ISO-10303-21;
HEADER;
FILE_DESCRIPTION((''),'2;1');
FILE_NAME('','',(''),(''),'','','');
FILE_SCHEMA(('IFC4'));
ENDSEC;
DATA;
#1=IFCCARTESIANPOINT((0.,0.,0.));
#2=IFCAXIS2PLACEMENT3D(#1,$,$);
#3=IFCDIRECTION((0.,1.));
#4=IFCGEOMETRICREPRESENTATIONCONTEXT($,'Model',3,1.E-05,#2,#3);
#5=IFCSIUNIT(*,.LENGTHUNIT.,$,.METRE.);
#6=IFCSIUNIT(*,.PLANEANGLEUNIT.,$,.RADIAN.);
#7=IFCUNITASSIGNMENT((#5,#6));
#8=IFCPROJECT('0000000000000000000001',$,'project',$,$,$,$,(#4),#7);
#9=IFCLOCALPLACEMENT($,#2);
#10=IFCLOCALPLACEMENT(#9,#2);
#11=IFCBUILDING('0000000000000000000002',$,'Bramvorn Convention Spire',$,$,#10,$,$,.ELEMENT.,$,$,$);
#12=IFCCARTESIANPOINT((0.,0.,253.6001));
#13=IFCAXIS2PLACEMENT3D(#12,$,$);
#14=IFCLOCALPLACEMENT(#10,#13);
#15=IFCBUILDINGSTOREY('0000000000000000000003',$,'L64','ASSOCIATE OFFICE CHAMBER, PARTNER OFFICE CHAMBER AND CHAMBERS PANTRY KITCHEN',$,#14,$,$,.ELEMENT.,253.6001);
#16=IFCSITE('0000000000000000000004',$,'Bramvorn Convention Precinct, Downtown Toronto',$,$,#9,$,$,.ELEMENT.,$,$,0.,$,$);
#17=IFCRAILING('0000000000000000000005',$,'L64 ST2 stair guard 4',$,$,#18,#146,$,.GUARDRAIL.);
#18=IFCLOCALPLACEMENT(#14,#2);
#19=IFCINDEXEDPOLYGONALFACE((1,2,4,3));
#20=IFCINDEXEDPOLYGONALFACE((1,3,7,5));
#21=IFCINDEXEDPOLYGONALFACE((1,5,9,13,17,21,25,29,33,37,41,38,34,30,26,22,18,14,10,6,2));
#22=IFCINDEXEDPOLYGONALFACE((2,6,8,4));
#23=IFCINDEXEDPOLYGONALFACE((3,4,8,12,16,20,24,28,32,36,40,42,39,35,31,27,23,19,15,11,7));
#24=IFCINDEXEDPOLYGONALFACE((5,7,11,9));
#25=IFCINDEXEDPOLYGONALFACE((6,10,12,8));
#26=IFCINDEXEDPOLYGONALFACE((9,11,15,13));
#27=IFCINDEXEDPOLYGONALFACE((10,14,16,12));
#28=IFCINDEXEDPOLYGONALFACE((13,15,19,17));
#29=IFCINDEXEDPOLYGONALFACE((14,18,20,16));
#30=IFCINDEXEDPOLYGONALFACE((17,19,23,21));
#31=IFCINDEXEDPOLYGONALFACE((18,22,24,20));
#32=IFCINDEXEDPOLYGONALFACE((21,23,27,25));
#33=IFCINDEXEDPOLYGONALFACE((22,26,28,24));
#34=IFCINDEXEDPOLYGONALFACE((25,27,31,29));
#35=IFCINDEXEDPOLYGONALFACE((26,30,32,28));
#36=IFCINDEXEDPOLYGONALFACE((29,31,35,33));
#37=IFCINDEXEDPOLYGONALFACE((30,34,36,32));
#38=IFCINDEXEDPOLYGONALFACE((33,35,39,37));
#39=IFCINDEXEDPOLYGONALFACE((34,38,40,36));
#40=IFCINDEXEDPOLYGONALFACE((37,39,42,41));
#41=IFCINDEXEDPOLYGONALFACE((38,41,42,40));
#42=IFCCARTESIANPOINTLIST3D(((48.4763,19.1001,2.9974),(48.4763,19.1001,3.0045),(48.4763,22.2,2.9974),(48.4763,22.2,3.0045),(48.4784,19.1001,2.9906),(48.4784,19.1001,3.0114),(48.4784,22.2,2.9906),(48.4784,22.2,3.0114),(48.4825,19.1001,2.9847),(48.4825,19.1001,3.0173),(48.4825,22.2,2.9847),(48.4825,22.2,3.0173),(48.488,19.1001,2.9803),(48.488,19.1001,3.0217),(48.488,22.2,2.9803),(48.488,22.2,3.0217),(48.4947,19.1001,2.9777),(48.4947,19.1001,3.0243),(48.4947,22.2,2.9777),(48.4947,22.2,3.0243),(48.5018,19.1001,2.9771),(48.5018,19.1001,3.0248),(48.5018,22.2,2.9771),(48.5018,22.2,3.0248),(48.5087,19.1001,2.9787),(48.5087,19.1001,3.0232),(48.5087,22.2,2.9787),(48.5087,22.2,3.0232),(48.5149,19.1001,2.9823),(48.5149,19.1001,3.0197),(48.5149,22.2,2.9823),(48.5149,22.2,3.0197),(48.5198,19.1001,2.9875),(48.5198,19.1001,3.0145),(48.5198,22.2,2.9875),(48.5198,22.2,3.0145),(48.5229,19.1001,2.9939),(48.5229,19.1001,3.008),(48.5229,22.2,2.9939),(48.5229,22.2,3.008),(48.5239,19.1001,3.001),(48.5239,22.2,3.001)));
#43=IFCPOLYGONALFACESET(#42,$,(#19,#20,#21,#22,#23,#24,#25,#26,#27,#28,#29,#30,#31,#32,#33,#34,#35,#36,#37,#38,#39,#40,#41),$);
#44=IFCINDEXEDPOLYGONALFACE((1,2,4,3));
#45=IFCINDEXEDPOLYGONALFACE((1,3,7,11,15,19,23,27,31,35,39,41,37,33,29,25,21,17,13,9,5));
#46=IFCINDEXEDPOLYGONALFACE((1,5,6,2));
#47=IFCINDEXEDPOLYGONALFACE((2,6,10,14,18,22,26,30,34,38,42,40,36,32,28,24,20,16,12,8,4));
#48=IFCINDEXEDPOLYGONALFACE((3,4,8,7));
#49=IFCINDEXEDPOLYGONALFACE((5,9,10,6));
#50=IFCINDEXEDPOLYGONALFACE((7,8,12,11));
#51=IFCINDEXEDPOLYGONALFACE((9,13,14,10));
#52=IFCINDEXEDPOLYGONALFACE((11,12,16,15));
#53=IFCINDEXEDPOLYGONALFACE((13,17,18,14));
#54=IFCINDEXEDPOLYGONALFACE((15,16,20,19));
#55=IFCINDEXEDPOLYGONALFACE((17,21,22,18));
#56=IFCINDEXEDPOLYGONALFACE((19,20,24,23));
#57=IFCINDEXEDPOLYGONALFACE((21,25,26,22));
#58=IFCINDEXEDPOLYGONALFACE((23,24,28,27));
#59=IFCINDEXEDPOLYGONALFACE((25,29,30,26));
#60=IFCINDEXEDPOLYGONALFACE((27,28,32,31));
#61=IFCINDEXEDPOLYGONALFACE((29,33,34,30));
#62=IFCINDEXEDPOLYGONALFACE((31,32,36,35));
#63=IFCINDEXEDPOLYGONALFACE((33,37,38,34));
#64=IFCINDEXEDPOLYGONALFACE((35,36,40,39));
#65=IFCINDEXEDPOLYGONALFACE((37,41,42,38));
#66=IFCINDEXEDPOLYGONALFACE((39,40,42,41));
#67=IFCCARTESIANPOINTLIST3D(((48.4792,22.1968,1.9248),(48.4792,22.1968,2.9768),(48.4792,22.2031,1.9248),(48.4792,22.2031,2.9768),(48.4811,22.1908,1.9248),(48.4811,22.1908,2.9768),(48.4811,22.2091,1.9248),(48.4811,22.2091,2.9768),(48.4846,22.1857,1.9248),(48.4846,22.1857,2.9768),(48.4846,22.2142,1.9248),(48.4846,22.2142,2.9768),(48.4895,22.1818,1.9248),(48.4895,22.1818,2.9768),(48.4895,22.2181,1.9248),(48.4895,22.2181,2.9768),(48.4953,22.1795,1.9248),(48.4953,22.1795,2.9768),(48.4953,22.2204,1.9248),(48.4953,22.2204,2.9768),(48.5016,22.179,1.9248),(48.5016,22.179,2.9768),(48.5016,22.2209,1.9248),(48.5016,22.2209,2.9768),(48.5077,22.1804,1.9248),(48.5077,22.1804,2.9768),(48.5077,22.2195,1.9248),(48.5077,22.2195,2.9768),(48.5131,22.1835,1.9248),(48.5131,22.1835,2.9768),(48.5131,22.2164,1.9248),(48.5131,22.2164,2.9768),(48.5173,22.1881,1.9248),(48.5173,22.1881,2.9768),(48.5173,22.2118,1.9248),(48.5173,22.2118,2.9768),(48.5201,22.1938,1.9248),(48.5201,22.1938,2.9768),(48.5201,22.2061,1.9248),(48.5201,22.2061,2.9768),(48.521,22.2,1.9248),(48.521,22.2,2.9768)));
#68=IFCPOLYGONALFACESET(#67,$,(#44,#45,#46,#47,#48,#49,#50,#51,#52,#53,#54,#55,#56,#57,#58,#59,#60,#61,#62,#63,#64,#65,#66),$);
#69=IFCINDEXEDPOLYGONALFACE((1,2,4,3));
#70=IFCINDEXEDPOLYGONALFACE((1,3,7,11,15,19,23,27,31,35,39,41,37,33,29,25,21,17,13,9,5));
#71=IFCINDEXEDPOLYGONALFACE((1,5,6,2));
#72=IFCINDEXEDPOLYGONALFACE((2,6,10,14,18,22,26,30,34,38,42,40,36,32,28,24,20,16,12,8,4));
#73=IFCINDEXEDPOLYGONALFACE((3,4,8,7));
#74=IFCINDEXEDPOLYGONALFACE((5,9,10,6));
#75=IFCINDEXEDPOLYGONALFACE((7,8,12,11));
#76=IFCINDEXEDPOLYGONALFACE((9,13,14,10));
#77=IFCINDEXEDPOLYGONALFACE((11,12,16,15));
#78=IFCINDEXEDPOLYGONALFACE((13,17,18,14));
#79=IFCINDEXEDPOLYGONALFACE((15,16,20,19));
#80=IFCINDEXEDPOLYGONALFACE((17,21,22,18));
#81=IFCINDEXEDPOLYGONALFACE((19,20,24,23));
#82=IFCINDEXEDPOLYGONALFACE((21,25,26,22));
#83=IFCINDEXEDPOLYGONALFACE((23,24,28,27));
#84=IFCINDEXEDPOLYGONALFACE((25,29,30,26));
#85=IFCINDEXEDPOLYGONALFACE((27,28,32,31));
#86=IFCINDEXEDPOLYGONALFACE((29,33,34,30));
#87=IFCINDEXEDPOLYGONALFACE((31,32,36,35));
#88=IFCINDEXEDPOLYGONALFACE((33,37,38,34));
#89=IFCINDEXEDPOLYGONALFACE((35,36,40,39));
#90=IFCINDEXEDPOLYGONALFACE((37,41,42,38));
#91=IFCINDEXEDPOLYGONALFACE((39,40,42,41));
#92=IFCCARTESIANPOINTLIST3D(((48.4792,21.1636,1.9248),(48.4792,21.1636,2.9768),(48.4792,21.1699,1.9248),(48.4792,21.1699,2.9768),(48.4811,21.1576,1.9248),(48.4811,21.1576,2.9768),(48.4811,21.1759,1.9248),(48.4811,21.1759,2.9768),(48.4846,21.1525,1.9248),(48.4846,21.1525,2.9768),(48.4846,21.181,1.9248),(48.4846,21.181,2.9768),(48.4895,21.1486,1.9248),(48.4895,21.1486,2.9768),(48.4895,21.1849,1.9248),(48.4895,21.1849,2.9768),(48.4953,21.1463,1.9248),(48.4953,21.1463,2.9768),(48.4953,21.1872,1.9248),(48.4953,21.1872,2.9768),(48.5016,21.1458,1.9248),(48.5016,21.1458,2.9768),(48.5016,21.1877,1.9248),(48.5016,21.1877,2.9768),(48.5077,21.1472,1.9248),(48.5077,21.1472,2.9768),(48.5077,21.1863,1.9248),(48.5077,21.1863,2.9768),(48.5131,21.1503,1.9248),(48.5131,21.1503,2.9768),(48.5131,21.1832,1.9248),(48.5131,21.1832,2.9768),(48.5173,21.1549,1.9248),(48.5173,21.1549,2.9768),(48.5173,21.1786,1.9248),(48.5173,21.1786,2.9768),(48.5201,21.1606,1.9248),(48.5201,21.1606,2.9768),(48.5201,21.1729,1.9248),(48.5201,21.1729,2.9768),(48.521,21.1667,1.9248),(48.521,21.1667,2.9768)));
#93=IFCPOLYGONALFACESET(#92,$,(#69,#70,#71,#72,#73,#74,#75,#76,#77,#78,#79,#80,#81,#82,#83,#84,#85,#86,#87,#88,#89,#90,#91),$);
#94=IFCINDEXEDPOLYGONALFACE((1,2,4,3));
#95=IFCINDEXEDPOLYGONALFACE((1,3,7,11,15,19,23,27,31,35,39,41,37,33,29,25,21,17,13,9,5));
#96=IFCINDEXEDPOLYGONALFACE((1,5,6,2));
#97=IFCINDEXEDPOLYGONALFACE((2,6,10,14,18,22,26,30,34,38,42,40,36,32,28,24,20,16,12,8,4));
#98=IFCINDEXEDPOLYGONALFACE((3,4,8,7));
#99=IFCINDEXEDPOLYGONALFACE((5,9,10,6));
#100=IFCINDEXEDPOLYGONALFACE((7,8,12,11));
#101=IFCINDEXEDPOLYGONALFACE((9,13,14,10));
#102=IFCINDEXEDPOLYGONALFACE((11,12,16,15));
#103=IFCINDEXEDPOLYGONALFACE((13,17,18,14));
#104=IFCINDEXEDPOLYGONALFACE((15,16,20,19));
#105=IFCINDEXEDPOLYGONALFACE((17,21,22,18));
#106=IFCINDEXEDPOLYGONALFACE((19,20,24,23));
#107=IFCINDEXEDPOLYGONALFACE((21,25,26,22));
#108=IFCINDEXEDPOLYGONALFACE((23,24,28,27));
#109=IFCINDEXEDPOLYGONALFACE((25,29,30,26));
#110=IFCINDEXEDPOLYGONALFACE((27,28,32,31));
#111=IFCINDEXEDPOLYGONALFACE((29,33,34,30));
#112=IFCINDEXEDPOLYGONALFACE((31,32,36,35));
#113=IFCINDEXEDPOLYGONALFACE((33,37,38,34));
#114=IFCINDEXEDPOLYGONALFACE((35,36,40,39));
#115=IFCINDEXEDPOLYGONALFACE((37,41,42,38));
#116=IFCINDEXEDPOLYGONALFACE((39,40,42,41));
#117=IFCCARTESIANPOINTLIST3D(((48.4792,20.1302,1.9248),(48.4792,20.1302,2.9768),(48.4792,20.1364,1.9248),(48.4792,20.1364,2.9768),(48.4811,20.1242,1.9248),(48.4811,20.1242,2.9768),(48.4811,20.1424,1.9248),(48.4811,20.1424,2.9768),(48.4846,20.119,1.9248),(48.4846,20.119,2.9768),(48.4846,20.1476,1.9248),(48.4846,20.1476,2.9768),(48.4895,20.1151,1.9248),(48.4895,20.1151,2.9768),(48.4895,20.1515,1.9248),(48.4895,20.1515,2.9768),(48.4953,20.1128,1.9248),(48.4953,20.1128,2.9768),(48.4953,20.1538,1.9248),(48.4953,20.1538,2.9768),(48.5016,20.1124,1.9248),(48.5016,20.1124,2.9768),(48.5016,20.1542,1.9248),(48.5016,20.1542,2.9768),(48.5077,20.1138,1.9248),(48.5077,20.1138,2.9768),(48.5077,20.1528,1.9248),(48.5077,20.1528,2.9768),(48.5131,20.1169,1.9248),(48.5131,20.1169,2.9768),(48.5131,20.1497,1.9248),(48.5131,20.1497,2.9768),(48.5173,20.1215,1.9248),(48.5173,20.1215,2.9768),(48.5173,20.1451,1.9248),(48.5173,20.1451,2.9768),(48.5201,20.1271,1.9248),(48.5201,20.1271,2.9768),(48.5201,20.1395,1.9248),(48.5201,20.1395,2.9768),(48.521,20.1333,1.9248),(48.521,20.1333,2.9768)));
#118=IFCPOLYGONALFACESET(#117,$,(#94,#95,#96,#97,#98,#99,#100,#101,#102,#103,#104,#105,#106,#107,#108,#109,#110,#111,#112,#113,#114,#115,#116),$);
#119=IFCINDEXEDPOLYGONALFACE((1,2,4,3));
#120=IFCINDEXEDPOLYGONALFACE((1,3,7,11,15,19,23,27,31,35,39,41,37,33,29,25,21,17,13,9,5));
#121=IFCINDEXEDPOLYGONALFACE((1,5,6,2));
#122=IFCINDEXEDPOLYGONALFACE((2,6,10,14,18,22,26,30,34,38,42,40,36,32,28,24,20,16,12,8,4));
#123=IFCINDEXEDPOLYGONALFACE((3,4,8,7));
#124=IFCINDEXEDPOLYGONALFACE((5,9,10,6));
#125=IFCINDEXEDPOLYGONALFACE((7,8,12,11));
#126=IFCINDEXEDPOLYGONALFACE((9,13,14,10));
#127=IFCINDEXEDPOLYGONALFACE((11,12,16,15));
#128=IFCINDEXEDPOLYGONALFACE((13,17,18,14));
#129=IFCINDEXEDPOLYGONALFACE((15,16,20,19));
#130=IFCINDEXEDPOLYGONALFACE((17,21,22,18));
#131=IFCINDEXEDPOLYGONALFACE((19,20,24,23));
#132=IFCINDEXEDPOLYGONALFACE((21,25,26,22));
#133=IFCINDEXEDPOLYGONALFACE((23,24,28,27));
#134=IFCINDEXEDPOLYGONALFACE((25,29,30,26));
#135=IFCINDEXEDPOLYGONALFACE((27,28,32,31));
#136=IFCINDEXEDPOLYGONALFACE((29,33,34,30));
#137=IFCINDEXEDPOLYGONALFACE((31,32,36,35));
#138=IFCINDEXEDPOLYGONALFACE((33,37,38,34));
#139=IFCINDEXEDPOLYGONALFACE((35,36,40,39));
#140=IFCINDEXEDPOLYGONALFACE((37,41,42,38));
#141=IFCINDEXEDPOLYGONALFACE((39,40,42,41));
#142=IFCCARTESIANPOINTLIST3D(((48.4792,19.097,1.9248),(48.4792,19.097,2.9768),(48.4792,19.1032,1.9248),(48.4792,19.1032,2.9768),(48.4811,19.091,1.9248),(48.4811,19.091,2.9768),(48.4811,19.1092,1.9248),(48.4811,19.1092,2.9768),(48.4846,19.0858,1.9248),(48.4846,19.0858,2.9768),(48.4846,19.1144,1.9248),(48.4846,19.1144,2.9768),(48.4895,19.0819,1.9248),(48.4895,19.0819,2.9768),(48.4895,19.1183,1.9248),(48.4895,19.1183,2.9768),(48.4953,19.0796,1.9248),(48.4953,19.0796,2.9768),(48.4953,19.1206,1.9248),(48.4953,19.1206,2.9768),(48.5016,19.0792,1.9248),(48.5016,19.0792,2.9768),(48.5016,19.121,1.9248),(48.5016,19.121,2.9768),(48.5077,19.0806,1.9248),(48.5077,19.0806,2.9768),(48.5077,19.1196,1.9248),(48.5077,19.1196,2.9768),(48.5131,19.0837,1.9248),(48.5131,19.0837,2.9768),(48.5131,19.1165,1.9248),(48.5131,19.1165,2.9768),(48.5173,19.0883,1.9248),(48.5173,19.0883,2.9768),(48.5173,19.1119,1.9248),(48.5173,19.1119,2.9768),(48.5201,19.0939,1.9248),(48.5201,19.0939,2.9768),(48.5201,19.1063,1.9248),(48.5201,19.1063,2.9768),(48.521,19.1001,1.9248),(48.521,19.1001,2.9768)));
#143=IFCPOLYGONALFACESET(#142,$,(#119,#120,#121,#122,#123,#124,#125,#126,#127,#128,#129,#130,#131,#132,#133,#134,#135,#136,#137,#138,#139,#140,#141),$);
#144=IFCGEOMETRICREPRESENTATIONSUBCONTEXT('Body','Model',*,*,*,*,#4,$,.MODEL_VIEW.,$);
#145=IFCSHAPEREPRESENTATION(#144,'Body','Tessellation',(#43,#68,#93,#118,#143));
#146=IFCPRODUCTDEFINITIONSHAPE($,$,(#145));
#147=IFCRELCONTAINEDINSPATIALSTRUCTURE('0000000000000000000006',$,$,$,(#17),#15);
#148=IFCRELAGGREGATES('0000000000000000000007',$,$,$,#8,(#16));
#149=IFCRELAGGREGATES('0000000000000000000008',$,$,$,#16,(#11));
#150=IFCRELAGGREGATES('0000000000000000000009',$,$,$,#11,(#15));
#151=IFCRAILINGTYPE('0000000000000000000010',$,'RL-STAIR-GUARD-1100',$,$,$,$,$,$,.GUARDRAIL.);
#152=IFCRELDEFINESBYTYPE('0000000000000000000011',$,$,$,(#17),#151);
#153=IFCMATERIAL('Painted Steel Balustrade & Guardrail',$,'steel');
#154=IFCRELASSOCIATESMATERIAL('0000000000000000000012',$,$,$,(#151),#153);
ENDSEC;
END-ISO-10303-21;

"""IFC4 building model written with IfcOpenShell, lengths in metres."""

from ifc_helpers import new_model, si_unit, direction, frame, origin, origin_2d, place, context, subcontext, project, spatial, circle, extrude, material, type_object, element, save


model = new_model("IFC4")

# Units and contexts
model_context = context("Model", 3, precision=1e-05, world=origin(), true_north=direction((0.0, 1.0)))
body_context = subcontext(model_context, "Body", "Model", "MODEL_VIEW")
ifc_project = project(units=[si_unit("LENGTHUNIT", "METRE"), si_unit("PLANEANGLEUNIT", "RADIAN")], contexts=[model_context])

# Site, building, storey
site_placement = place(None, origin())
site = spatial("IfcSite", under=ifc_project, at=site_placement, Name="Bramvorn Convention Precinct, Downtown Toronto", CompositionType="ELEMENT", RefElevation=0.0)
building_placement = place(site_placement, origin())
building = spatial("IfcBuilding", under=site, at=building_placement, Name="Bramvorn Convention Spire", CompositionType="ELEMENT")
storey_placement = place(building_placement, frame((0.0, 0.0, 253.6001)))
storey = spatial("IfcBuildingStorey", under=building, at=storey_placement, Name="L64", Description="ASSOCIATE OFFICE CHAMBER, PARTNER OFFICE CHAMBER AND CHAMBERS PANTRY KITCHEN", CompositionType="ELEMENT", Elevation=253.6001)

# Railing
ifc_material_1 = material(Name="Painted Steel Balustrade & Guardrail", Category="steel")
railing_type_1 = type_object("IfcRailingType", Name="RL-STAIR-GUARD-1100", PredefinedType="GUARDRAIL", material=ifc_material_1)
railing_1_placement = place(storey_placement, frame((48.5, 22.2, 1.9248)))
element("IfcRailing", 1, at=railing_1_placement, inside=storey, type_object=railing_type_1, Name="L64 ST2 stair guard 4", PredefinedType="GUARDRAIL", context=body_context, shape_type="SweptSolid", body=[
    extrude(circle(Radius=0.0239, at=origin_2d()), frame((0.0, 0.0, 1.0762), z_axis=(0.0, -1.0, 0.0), x_axis=(1.0, 0.0, 0.0)), (0.0, 0.0, 1.0), 3.0999),
    extrude(circle(Radius=0.021, at=origin_2d()), origin(), (0.0, 0.0, 1.0), 1.052),
    extrude(circle(Radius=0.021, at=origin_2d()), frame((0.0, -1.0332, 0.0)), (0.0, 0.0, 1.0), 1.052),
    extrude(circle(Radius=0.021, at=origin_2d()), frame((0.0, -2.0667, 0.0)), (0.0, 0.0, 1.0), 1.052),
    extrude(circle(Radius=0.021, at=origin_2d()), frame((0.0, -3.0999, 0.0)), (0.0, 0.0, 1.0), 1.052),
])

save(model, "model.ifc")
